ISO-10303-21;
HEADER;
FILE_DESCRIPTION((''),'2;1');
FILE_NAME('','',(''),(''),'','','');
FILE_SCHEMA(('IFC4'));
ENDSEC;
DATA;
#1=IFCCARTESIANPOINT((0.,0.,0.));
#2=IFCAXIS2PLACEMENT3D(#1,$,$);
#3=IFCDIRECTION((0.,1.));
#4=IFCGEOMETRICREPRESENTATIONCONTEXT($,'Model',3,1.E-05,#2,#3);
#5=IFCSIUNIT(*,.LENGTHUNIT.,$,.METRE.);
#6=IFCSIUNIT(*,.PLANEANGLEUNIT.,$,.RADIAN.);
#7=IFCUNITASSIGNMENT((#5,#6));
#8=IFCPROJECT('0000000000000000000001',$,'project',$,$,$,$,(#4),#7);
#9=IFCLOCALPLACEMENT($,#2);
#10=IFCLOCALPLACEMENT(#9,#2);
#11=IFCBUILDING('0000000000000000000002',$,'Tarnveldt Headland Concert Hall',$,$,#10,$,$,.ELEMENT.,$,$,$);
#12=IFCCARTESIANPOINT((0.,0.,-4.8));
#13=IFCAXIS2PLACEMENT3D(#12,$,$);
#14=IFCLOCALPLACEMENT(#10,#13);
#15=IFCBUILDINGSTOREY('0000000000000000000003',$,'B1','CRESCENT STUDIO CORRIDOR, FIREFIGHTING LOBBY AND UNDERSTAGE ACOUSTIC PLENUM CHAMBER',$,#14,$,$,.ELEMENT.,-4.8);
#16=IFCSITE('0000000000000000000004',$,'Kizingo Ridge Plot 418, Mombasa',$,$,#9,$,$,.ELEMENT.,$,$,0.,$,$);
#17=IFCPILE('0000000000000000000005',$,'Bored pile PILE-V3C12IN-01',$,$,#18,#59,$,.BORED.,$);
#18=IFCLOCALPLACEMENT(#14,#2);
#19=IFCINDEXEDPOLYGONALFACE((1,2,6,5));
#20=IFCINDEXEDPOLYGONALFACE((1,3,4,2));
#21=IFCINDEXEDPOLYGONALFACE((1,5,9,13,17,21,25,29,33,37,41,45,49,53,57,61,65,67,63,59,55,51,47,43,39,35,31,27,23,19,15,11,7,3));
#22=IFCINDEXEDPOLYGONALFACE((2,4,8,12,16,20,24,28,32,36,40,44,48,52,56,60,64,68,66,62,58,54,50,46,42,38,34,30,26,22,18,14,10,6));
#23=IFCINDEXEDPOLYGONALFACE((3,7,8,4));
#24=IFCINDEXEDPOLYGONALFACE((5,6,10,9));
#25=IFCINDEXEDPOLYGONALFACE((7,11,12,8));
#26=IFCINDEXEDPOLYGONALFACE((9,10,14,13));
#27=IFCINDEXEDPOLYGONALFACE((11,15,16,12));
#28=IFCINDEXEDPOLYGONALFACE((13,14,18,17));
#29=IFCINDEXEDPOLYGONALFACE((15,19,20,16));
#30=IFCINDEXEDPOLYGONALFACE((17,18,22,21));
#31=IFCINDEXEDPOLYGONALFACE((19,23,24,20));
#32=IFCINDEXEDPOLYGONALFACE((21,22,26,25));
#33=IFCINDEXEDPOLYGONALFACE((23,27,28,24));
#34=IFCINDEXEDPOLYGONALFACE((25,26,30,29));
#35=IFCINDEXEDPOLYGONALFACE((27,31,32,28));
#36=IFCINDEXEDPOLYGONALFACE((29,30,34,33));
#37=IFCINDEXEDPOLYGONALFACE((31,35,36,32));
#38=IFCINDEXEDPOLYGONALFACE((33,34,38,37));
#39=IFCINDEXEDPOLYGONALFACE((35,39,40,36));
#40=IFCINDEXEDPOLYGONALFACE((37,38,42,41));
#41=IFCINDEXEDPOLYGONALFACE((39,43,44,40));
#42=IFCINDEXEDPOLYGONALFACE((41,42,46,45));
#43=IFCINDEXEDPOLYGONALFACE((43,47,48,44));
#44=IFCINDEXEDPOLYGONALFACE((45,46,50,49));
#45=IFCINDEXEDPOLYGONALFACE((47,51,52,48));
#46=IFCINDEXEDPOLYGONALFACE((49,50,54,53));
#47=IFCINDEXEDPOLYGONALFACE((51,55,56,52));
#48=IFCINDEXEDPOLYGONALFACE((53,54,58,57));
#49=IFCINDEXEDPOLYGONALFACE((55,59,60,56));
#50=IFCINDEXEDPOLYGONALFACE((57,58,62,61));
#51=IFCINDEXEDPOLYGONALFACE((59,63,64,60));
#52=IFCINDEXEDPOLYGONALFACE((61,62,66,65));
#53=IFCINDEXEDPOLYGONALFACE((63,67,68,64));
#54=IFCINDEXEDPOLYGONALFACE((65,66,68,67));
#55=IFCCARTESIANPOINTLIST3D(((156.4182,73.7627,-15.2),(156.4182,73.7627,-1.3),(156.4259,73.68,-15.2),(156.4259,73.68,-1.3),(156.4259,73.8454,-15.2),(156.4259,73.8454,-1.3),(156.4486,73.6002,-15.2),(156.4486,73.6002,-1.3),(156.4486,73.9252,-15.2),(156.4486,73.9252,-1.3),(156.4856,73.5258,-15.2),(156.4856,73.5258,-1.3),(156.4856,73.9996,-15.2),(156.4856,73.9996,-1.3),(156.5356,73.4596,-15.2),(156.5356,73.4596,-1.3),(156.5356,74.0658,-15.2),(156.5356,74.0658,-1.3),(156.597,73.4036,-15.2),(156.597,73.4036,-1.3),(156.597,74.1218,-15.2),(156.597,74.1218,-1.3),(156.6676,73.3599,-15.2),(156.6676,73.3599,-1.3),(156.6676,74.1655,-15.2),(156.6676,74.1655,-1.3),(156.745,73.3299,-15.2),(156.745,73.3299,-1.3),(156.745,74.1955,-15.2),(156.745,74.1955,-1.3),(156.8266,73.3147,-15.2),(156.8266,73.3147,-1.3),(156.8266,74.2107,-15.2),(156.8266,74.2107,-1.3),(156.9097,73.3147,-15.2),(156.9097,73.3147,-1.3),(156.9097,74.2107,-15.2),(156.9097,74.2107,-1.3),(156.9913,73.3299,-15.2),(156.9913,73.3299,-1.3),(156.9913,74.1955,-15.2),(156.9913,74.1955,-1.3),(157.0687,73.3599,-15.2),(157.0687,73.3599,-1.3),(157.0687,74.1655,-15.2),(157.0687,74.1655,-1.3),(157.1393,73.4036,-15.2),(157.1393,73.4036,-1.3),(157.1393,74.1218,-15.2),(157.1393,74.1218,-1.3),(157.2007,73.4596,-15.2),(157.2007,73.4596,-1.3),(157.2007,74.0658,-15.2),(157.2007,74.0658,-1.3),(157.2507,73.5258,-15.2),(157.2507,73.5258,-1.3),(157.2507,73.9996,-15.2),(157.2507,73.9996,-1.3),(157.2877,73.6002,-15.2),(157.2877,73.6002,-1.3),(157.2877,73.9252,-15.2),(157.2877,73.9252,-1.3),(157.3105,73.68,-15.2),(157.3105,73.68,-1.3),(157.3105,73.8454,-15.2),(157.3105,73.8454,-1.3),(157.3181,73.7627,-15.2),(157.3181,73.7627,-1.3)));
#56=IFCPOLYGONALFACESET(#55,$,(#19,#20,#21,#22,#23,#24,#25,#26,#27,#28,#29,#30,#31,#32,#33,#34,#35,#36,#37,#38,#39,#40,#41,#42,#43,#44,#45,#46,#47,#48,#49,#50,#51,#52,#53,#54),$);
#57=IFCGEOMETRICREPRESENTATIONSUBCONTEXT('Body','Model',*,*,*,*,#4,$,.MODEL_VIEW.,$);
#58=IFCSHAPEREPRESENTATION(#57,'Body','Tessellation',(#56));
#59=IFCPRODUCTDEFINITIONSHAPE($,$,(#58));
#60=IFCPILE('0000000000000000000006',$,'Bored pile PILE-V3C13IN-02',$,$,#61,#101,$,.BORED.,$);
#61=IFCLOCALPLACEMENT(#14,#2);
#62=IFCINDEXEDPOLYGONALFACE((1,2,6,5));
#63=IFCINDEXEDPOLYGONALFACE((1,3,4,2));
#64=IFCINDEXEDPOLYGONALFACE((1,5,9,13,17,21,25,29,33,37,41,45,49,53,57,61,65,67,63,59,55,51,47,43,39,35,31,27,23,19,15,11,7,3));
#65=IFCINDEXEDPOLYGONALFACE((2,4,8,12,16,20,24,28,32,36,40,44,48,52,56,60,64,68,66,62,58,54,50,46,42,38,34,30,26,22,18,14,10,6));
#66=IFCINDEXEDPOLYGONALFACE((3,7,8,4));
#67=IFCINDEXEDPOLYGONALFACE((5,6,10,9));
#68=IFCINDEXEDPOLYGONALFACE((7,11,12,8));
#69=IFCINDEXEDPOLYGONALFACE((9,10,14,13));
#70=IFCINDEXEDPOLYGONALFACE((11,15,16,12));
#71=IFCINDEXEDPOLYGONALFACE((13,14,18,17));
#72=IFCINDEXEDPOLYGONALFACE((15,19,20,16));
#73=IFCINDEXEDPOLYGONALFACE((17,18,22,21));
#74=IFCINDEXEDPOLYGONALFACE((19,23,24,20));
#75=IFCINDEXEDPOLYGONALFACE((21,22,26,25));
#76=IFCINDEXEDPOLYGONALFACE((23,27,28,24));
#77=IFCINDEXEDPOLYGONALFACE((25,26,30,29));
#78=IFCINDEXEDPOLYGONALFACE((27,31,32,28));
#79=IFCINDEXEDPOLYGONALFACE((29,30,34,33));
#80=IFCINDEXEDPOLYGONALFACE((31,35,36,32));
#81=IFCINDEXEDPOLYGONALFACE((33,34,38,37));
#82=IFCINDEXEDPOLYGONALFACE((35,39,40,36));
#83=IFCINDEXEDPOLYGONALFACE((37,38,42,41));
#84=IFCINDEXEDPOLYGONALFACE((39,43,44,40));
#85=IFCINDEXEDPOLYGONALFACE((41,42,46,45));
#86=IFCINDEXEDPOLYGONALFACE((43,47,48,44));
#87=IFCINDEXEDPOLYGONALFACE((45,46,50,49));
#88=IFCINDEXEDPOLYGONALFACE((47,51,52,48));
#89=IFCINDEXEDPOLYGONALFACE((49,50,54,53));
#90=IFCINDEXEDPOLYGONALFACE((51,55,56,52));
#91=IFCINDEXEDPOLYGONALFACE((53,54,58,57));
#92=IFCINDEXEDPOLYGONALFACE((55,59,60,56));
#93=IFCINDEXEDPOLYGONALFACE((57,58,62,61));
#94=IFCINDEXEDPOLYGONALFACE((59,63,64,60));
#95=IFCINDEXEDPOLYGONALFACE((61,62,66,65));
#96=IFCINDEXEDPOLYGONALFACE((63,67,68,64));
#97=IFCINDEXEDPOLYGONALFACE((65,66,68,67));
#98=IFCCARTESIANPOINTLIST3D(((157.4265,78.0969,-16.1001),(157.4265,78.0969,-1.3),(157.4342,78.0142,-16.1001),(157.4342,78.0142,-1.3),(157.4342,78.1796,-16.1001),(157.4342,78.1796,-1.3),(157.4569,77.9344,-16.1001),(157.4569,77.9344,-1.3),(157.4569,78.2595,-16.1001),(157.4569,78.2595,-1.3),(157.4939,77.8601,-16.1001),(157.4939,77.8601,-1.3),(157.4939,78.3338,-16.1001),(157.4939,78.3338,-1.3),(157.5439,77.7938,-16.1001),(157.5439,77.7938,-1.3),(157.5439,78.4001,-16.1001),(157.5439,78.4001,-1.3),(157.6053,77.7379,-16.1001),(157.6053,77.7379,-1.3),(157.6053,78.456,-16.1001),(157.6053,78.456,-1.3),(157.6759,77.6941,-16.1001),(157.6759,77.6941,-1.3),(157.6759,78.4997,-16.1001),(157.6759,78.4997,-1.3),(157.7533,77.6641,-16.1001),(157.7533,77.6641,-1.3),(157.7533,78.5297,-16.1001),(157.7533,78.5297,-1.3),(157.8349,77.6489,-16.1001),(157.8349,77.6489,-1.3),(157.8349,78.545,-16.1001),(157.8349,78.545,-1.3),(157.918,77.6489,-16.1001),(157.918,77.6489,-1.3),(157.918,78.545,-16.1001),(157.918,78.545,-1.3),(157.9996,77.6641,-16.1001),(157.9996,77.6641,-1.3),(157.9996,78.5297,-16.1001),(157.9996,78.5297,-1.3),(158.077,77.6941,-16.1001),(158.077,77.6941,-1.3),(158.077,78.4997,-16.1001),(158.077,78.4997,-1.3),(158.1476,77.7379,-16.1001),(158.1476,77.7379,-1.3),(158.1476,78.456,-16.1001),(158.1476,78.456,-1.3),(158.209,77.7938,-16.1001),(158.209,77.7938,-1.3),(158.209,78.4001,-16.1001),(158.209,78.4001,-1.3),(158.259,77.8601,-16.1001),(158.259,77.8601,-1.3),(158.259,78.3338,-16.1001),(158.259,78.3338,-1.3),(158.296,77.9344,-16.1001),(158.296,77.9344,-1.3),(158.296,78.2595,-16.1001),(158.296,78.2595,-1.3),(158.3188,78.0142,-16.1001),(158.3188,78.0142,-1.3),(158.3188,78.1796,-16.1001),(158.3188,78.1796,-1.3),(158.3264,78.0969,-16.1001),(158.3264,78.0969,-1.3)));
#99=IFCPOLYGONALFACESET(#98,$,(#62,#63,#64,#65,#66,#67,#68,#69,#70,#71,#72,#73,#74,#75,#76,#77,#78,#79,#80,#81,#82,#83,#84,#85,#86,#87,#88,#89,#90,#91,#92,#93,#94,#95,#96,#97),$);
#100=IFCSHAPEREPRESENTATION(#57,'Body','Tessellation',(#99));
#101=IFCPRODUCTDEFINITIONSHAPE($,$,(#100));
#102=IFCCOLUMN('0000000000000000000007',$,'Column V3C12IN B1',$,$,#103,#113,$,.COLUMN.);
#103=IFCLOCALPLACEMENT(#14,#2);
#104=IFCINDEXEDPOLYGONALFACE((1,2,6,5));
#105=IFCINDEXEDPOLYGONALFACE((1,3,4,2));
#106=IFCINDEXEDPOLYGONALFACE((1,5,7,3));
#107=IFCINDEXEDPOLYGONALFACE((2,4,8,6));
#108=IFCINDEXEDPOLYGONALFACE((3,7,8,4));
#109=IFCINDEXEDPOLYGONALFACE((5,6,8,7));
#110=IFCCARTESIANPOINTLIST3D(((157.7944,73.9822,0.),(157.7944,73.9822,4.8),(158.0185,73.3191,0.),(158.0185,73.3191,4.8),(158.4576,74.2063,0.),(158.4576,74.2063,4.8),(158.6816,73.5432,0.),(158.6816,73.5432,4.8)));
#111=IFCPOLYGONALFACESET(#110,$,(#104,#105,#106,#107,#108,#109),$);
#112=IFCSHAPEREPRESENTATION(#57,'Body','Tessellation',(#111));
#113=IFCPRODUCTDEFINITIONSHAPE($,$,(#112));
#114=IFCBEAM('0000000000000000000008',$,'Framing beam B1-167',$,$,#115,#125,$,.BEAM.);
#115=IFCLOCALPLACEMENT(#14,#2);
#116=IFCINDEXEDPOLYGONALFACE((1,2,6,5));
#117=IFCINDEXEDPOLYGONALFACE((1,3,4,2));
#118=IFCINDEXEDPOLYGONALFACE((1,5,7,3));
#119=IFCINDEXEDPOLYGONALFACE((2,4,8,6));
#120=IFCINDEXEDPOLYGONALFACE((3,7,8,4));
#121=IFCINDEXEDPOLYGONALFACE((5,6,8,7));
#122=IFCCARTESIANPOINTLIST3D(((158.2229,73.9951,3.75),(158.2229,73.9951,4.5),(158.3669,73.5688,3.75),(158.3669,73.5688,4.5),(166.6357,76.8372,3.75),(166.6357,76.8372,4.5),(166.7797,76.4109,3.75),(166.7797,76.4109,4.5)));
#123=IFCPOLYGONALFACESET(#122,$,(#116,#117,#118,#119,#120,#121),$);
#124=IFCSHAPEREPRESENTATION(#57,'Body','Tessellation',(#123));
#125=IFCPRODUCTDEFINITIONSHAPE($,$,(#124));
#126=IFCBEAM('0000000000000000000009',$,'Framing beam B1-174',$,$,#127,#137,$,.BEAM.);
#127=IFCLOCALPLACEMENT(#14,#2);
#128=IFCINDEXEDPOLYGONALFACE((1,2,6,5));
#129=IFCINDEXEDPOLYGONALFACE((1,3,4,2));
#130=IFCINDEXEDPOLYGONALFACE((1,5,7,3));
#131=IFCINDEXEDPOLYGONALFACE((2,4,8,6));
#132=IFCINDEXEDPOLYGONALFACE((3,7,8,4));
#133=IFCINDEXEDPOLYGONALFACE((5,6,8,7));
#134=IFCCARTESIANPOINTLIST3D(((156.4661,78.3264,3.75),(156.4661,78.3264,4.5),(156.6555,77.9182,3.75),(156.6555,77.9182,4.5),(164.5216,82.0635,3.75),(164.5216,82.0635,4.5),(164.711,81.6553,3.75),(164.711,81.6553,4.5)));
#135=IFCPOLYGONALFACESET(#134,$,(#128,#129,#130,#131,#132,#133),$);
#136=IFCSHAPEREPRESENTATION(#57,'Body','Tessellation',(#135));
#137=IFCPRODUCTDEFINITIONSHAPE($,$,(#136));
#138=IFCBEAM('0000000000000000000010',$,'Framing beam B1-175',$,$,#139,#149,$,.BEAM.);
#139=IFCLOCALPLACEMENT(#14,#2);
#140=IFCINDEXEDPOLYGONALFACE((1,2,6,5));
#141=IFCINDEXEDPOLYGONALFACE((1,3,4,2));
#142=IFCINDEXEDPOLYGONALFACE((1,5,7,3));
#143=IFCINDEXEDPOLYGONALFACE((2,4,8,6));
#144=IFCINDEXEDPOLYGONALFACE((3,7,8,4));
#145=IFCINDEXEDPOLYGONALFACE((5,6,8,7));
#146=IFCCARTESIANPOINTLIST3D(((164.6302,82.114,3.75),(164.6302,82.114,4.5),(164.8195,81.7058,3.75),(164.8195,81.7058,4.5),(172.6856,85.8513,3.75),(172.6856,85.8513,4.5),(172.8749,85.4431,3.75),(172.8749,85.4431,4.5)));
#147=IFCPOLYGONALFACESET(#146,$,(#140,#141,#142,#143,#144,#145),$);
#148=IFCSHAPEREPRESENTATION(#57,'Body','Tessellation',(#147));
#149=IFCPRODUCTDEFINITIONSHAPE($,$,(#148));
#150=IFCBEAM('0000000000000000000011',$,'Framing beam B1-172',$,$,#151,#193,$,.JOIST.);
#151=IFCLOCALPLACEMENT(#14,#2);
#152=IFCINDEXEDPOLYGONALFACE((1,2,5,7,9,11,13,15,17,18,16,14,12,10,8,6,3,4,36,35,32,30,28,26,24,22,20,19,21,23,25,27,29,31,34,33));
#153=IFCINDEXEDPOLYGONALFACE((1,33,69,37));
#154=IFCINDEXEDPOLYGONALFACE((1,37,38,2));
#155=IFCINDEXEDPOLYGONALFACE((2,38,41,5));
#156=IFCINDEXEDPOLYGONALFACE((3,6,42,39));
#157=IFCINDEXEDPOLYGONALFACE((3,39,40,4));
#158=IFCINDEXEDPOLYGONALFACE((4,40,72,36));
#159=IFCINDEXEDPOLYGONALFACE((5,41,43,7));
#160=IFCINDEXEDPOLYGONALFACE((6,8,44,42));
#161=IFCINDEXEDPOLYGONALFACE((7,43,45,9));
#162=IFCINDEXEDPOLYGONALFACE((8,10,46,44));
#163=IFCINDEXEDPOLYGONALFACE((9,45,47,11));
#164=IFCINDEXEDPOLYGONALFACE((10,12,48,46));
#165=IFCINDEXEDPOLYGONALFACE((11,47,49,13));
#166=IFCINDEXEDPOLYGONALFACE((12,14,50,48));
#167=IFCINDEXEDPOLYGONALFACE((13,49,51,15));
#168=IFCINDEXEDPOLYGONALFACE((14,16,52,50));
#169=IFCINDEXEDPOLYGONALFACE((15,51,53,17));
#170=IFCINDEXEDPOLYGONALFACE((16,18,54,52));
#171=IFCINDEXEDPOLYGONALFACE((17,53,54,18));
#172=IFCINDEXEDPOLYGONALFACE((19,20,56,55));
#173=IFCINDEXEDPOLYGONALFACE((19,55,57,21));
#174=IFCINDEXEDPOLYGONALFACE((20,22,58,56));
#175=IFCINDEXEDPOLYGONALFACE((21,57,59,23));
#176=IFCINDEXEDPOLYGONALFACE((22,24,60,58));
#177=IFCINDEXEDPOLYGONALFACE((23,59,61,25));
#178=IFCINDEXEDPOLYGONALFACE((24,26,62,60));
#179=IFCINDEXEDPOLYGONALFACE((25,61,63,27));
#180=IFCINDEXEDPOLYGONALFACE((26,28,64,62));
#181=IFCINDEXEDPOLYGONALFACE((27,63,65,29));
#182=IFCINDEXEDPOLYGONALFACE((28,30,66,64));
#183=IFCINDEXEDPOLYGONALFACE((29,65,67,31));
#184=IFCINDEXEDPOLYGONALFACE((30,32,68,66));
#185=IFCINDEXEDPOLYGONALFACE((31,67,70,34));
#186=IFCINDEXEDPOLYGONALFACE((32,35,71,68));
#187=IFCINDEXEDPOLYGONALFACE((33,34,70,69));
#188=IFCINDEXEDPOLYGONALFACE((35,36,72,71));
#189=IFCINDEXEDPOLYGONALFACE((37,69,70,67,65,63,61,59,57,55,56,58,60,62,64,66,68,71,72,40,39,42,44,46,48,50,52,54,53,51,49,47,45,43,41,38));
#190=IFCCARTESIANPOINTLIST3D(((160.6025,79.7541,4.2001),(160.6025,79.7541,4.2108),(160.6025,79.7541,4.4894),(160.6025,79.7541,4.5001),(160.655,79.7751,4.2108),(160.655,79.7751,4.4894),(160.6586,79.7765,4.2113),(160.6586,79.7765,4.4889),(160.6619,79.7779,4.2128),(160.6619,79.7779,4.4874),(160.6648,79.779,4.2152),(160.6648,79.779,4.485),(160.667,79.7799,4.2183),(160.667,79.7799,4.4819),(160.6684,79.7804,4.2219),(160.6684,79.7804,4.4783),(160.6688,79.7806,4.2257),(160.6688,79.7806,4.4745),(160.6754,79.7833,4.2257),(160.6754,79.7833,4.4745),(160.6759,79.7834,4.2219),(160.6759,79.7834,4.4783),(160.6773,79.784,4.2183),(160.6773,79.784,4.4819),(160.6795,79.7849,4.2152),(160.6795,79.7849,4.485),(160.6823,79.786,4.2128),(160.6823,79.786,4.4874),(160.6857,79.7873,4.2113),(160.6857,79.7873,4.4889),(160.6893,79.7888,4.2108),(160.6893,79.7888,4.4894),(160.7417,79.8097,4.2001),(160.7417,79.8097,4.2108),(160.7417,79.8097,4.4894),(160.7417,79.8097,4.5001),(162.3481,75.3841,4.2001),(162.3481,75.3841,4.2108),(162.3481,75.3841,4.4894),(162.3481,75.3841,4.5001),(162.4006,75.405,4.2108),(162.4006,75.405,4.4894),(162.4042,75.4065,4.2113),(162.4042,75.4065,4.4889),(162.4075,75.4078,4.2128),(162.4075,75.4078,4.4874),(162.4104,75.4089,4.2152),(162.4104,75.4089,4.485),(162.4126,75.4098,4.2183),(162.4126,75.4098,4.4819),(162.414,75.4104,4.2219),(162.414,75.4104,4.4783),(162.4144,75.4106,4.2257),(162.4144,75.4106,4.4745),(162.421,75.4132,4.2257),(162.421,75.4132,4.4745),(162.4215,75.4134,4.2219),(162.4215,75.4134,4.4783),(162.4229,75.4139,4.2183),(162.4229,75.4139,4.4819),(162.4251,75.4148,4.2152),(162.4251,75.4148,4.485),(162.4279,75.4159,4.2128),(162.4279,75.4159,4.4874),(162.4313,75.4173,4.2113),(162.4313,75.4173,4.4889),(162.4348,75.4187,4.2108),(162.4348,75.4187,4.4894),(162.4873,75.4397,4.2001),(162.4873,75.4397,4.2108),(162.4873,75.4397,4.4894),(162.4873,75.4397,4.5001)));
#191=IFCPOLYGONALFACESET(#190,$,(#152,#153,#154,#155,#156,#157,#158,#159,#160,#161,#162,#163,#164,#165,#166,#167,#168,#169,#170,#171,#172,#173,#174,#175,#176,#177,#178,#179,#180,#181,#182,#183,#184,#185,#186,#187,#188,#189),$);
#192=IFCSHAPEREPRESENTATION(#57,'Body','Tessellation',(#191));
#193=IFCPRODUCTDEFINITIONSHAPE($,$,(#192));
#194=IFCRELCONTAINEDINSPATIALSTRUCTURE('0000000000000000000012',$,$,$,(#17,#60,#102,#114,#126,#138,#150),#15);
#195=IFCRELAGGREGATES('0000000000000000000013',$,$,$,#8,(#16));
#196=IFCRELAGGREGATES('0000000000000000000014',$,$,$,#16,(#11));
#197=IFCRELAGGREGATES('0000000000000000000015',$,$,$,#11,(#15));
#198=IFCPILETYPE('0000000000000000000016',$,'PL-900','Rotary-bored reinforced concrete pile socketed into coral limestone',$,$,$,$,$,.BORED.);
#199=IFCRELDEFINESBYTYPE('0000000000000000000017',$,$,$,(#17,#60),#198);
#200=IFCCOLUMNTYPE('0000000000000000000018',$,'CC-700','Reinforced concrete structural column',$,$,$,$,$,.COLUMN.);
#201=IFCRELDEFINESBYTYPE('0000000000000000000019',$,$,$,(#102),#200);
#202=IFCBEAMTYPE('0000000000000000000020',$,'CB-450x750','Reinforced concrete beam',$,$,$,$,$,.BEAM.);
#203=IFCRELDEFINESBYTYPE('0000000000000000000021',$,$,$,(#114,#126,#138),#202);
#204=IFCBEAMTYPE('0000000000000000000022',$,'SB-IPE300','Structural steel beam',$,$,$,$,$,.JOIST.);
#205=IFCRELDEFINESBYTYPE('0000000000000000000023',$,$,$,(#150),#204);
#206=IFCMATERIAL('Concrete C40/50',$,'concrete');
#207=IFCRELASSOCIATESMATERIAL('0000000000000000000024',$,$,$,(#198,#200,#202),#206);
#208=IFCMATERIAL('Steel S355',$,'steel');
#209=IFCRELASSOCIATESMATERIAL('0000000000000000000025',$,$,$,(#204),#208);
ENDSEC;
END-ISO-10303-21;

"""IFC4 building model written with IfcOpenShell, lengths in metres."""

from ifc_helpers import new_model, si_unit, direction, frame, origin, origin_2d, place, context, subcontext, project, spatial, rectangle, circle, i_section, extrude, material, material_profile, profile_set, type_object, element, save


model = new_model("IFC4")

# Units and contexts
model_context = context("Model", 3, precision=1e-05, world=origin(), true_north=direction((0.0, 1.0)))
body_context = subcontext(model_context, "Body", "Model", "MODEL_VIEW")
ifc_project = project(units=[si_unit("LENGTHUNIT", "METRE"), si_unit("PLANEANGLEUNIT", "RADIAN")], contexts=[model_context])

# Site, building, storey
site_placement = place(None, origin())
site = spatial("IfcSite", under=ifc_project, at=site_placement, Name="Kizingo Ridge Plot 418, Mombasa", CompositionType="ELEMENT", RefElevation=0.0)
building_placement = place(site_placement, origin())
building = spatial("IfcBuilding", under=site, at=building_placement, Name="Tarnveldt Headland Concert Hall", CompositionType="ELEMENT")
storey_placement = place(building_placement, frame((0.0, 0.0, -4.8)))
storey = spatial("IfcBuildingStorey", under=building, at=storey_placement, Name="B1", Description="CRESCENT STUDIO CORRIDOR, FIREFIGHTING LOBBY AND UNDERSTAGE ACOUSTIC PLENUM CHAMBER", CompositionType="ELEMENT", Elevation=-4.8)

# Shared definitions
ifc_material_1 = material(Name="Concrete C40/50", Category="concrete")

# Piles
ifc_material_profile_1 = material_profile(ifc_material_1, circle(Radius=0.45, at=origin_2d()), Name="BORED PILE D900", Category="concrete")
ifc_profile_set_1 = profile_set([ifc_material_profile_1], Name="Concrete C40/50")
pile_type_1 = type_object("IfcPileType", Name="PL-900", Description="Rotary-bored reinforced concrete pile socketed into coral limestone", PredefinedType="BORED", material=ifc_profile_set_1)
pile_1_placement = place(storey_placement, frame((156.8682, 73.7627, -1.3), z_axis=(0.0, 0.0, -1.0), x_axis=(1.0, 0.0, 0.0)))
element("IfcPile", 1, at=pile_1_placement, inside=storey, type_object=pile_type_1, Name="Bored pile PILE-V3C12IN-01", PredefinedType="BORED", context=body_context, shape_type="SweptSolid", body=[
    extrude(circle(Radius=0.45, at=origin_2d()), origin(), (0.0, 0.0, 1.0), 13.8999),
])
pile_2_placement = place(storey_placement, frame((157.8765, 78.0969, -1.3), z_axis=(0.0, 0.0, -1.0), x_axis=(1.0, 0.0, 0.0)))
element("IfcPile", 2, at=pile_2_placement, inside=storey, type_object=pile_type_1, Name="Bored pile PILE-V3C13IN-02", PredefinedType="BORED", context=body_context, shape_type="SweptSolid", body=[
    extrude(circle(Radius=0.45, at=origin_2d()), origin(), (0.0, 0.0, 1.0), 14.8),
])

# Column
ifc_material_profile_2 = material_profile(ifc_material_1, rectangle(XDim=0.7, YDim=0.7, at=origin_2d()), Name="RC 700x700", Category="concrete")
ifc_profile_set_2 = profile_set([ifc_material_profile_2], Name="Concrete C40/50")
column_type = type_object("IfcColumnType", Name="CC-700", Description="Reinforced concrete structural column", PredefinedType="COLUMN", material=ifc_profile_set_2)
column_placement = place(storey_placement, frame((158.238, 73.7627, 0.0), z_axis=(0.0, 0.0, 1.0), x_axis=(0.947378, 0.320117, 0.0)))
element("IfcColumn", 3, at=column_placement, inside=storey, type_object=column_type, Name="Column V3C12IN B1", PredefinedType="COLUMN", context=body_context, shape_type="SweptSolid", body=[
    extrude(rectangle(XDim=0.7, YDim=0.7, at=origin_2d()), origin(), (0.0, 0.0, 1.0), 4.8),
])

# Beams
ifc_material_profile_3 = material_profile(ifc_material_1, rectangle(XDim=0.45, YDim=0.75, at=origin_2d()), Name="RC 450x750", Category="concrete")
ifc_profile_set_3 = profile_set([ifc_material_profile_3], Name="Concrete C40/50")
beam_type_1 = type_object("IfcBeamType", Name="CB-450x750", Description="Reinforced concrete beam", PredefinedType="BEAM", material=ifc_profile_set_3)
beam_1_placement = place(storey_placement, frame((158.2949, 73.782, 4.125), z_axis=(0.9474, 0.320052, 0.0), x_axis=(-0.320052, 0.9474, 0.0)))
element("IfcBeam", 4, at=beam_1_placement, inside=storey, type_object=beam_type_1, Name="Framing beam B1-167", PredefinedType="BEAM", context=body_context, shape_type="SweptSolid", body=[
    extrude(rectangle(XDim=0.45, YDim=0.75, at=origin_2d()), origin(), (0.0, 0.0, 1.0), 8.8799),
])
for number, where, z_axis, x_axis, name in (
    (5, (156.5608, 78.1223, 4.125), (0.907136, 0.420837, 0.0), (-0.420837, 0.907136, 0.0), "Framing beam B1-174"),
    (6, (164.7249, 81.9099, 4.125), (0.907126, 0.42086, 0.0), (-0.42086, 0.907126, 0.0), "Framing beam B1-175"),
):
    element("IfcBeam", number, at=place(storey_placement, frame(where, z_axis=z_axis, x_axis=x_axis)), inside=storey, type_object=beam_type_1, Name=name, PredefinedType="BEAM", context=body_context, shape_type="SweptSolid", body=[
        extrude(rectangle(XDim=0.45, YDim=0.75, at=origin_2d()), origin(), (0.0, 0.0, 1.0), 8.8801),
    ])
ifc_material_2 = material(Name="Steel S355", Category="steel")
ifc_material_profile_4 = material_profile(ifc_material_2, i_section(OverallWidth=0.1499, OverallDepth=0.3, WebThickness=0.0071, FlangeThickness=0.0107, FilletRadius=0.0149, at=origin_2d()), Name="IPE300", Category="steel")
ifc_profile_set_4 = profile_set([ifc_material_profile_4], Name="Steel S355")
beam_type_2 = type_object("IfcBeamType", Name="SB-IPE300", Description="Structural steel beam", PredefinedType="JOIST", material=ifc_profile_set_4)
beam_2_placement = place(storey_placement, frame((162.4177, 75.4119, 4.3501), z_axis=(-0.370943, 0.928655, 0.0), x_axis=(-0.928655, -0.370943, 0.0)))
element("IfcBeam", 7, at=beam_2_placement, inside=storey, type_object=beam_type_2, Name="Framing beam B1-172", PredefinedType="JOIST", context=body_context, shape_type="SweptSolid", body=[
    extrude(i_section(OverallWidth=0.1499, OverallDepth=0.3, WebThickness=0.0071, FlangeThickness=0.0107, FilletRadius=0.0149, at=origin_2d()), origin(), (0.0, 0.0, 1.0), 4.7058),
])

save(model, "model.ifc")
